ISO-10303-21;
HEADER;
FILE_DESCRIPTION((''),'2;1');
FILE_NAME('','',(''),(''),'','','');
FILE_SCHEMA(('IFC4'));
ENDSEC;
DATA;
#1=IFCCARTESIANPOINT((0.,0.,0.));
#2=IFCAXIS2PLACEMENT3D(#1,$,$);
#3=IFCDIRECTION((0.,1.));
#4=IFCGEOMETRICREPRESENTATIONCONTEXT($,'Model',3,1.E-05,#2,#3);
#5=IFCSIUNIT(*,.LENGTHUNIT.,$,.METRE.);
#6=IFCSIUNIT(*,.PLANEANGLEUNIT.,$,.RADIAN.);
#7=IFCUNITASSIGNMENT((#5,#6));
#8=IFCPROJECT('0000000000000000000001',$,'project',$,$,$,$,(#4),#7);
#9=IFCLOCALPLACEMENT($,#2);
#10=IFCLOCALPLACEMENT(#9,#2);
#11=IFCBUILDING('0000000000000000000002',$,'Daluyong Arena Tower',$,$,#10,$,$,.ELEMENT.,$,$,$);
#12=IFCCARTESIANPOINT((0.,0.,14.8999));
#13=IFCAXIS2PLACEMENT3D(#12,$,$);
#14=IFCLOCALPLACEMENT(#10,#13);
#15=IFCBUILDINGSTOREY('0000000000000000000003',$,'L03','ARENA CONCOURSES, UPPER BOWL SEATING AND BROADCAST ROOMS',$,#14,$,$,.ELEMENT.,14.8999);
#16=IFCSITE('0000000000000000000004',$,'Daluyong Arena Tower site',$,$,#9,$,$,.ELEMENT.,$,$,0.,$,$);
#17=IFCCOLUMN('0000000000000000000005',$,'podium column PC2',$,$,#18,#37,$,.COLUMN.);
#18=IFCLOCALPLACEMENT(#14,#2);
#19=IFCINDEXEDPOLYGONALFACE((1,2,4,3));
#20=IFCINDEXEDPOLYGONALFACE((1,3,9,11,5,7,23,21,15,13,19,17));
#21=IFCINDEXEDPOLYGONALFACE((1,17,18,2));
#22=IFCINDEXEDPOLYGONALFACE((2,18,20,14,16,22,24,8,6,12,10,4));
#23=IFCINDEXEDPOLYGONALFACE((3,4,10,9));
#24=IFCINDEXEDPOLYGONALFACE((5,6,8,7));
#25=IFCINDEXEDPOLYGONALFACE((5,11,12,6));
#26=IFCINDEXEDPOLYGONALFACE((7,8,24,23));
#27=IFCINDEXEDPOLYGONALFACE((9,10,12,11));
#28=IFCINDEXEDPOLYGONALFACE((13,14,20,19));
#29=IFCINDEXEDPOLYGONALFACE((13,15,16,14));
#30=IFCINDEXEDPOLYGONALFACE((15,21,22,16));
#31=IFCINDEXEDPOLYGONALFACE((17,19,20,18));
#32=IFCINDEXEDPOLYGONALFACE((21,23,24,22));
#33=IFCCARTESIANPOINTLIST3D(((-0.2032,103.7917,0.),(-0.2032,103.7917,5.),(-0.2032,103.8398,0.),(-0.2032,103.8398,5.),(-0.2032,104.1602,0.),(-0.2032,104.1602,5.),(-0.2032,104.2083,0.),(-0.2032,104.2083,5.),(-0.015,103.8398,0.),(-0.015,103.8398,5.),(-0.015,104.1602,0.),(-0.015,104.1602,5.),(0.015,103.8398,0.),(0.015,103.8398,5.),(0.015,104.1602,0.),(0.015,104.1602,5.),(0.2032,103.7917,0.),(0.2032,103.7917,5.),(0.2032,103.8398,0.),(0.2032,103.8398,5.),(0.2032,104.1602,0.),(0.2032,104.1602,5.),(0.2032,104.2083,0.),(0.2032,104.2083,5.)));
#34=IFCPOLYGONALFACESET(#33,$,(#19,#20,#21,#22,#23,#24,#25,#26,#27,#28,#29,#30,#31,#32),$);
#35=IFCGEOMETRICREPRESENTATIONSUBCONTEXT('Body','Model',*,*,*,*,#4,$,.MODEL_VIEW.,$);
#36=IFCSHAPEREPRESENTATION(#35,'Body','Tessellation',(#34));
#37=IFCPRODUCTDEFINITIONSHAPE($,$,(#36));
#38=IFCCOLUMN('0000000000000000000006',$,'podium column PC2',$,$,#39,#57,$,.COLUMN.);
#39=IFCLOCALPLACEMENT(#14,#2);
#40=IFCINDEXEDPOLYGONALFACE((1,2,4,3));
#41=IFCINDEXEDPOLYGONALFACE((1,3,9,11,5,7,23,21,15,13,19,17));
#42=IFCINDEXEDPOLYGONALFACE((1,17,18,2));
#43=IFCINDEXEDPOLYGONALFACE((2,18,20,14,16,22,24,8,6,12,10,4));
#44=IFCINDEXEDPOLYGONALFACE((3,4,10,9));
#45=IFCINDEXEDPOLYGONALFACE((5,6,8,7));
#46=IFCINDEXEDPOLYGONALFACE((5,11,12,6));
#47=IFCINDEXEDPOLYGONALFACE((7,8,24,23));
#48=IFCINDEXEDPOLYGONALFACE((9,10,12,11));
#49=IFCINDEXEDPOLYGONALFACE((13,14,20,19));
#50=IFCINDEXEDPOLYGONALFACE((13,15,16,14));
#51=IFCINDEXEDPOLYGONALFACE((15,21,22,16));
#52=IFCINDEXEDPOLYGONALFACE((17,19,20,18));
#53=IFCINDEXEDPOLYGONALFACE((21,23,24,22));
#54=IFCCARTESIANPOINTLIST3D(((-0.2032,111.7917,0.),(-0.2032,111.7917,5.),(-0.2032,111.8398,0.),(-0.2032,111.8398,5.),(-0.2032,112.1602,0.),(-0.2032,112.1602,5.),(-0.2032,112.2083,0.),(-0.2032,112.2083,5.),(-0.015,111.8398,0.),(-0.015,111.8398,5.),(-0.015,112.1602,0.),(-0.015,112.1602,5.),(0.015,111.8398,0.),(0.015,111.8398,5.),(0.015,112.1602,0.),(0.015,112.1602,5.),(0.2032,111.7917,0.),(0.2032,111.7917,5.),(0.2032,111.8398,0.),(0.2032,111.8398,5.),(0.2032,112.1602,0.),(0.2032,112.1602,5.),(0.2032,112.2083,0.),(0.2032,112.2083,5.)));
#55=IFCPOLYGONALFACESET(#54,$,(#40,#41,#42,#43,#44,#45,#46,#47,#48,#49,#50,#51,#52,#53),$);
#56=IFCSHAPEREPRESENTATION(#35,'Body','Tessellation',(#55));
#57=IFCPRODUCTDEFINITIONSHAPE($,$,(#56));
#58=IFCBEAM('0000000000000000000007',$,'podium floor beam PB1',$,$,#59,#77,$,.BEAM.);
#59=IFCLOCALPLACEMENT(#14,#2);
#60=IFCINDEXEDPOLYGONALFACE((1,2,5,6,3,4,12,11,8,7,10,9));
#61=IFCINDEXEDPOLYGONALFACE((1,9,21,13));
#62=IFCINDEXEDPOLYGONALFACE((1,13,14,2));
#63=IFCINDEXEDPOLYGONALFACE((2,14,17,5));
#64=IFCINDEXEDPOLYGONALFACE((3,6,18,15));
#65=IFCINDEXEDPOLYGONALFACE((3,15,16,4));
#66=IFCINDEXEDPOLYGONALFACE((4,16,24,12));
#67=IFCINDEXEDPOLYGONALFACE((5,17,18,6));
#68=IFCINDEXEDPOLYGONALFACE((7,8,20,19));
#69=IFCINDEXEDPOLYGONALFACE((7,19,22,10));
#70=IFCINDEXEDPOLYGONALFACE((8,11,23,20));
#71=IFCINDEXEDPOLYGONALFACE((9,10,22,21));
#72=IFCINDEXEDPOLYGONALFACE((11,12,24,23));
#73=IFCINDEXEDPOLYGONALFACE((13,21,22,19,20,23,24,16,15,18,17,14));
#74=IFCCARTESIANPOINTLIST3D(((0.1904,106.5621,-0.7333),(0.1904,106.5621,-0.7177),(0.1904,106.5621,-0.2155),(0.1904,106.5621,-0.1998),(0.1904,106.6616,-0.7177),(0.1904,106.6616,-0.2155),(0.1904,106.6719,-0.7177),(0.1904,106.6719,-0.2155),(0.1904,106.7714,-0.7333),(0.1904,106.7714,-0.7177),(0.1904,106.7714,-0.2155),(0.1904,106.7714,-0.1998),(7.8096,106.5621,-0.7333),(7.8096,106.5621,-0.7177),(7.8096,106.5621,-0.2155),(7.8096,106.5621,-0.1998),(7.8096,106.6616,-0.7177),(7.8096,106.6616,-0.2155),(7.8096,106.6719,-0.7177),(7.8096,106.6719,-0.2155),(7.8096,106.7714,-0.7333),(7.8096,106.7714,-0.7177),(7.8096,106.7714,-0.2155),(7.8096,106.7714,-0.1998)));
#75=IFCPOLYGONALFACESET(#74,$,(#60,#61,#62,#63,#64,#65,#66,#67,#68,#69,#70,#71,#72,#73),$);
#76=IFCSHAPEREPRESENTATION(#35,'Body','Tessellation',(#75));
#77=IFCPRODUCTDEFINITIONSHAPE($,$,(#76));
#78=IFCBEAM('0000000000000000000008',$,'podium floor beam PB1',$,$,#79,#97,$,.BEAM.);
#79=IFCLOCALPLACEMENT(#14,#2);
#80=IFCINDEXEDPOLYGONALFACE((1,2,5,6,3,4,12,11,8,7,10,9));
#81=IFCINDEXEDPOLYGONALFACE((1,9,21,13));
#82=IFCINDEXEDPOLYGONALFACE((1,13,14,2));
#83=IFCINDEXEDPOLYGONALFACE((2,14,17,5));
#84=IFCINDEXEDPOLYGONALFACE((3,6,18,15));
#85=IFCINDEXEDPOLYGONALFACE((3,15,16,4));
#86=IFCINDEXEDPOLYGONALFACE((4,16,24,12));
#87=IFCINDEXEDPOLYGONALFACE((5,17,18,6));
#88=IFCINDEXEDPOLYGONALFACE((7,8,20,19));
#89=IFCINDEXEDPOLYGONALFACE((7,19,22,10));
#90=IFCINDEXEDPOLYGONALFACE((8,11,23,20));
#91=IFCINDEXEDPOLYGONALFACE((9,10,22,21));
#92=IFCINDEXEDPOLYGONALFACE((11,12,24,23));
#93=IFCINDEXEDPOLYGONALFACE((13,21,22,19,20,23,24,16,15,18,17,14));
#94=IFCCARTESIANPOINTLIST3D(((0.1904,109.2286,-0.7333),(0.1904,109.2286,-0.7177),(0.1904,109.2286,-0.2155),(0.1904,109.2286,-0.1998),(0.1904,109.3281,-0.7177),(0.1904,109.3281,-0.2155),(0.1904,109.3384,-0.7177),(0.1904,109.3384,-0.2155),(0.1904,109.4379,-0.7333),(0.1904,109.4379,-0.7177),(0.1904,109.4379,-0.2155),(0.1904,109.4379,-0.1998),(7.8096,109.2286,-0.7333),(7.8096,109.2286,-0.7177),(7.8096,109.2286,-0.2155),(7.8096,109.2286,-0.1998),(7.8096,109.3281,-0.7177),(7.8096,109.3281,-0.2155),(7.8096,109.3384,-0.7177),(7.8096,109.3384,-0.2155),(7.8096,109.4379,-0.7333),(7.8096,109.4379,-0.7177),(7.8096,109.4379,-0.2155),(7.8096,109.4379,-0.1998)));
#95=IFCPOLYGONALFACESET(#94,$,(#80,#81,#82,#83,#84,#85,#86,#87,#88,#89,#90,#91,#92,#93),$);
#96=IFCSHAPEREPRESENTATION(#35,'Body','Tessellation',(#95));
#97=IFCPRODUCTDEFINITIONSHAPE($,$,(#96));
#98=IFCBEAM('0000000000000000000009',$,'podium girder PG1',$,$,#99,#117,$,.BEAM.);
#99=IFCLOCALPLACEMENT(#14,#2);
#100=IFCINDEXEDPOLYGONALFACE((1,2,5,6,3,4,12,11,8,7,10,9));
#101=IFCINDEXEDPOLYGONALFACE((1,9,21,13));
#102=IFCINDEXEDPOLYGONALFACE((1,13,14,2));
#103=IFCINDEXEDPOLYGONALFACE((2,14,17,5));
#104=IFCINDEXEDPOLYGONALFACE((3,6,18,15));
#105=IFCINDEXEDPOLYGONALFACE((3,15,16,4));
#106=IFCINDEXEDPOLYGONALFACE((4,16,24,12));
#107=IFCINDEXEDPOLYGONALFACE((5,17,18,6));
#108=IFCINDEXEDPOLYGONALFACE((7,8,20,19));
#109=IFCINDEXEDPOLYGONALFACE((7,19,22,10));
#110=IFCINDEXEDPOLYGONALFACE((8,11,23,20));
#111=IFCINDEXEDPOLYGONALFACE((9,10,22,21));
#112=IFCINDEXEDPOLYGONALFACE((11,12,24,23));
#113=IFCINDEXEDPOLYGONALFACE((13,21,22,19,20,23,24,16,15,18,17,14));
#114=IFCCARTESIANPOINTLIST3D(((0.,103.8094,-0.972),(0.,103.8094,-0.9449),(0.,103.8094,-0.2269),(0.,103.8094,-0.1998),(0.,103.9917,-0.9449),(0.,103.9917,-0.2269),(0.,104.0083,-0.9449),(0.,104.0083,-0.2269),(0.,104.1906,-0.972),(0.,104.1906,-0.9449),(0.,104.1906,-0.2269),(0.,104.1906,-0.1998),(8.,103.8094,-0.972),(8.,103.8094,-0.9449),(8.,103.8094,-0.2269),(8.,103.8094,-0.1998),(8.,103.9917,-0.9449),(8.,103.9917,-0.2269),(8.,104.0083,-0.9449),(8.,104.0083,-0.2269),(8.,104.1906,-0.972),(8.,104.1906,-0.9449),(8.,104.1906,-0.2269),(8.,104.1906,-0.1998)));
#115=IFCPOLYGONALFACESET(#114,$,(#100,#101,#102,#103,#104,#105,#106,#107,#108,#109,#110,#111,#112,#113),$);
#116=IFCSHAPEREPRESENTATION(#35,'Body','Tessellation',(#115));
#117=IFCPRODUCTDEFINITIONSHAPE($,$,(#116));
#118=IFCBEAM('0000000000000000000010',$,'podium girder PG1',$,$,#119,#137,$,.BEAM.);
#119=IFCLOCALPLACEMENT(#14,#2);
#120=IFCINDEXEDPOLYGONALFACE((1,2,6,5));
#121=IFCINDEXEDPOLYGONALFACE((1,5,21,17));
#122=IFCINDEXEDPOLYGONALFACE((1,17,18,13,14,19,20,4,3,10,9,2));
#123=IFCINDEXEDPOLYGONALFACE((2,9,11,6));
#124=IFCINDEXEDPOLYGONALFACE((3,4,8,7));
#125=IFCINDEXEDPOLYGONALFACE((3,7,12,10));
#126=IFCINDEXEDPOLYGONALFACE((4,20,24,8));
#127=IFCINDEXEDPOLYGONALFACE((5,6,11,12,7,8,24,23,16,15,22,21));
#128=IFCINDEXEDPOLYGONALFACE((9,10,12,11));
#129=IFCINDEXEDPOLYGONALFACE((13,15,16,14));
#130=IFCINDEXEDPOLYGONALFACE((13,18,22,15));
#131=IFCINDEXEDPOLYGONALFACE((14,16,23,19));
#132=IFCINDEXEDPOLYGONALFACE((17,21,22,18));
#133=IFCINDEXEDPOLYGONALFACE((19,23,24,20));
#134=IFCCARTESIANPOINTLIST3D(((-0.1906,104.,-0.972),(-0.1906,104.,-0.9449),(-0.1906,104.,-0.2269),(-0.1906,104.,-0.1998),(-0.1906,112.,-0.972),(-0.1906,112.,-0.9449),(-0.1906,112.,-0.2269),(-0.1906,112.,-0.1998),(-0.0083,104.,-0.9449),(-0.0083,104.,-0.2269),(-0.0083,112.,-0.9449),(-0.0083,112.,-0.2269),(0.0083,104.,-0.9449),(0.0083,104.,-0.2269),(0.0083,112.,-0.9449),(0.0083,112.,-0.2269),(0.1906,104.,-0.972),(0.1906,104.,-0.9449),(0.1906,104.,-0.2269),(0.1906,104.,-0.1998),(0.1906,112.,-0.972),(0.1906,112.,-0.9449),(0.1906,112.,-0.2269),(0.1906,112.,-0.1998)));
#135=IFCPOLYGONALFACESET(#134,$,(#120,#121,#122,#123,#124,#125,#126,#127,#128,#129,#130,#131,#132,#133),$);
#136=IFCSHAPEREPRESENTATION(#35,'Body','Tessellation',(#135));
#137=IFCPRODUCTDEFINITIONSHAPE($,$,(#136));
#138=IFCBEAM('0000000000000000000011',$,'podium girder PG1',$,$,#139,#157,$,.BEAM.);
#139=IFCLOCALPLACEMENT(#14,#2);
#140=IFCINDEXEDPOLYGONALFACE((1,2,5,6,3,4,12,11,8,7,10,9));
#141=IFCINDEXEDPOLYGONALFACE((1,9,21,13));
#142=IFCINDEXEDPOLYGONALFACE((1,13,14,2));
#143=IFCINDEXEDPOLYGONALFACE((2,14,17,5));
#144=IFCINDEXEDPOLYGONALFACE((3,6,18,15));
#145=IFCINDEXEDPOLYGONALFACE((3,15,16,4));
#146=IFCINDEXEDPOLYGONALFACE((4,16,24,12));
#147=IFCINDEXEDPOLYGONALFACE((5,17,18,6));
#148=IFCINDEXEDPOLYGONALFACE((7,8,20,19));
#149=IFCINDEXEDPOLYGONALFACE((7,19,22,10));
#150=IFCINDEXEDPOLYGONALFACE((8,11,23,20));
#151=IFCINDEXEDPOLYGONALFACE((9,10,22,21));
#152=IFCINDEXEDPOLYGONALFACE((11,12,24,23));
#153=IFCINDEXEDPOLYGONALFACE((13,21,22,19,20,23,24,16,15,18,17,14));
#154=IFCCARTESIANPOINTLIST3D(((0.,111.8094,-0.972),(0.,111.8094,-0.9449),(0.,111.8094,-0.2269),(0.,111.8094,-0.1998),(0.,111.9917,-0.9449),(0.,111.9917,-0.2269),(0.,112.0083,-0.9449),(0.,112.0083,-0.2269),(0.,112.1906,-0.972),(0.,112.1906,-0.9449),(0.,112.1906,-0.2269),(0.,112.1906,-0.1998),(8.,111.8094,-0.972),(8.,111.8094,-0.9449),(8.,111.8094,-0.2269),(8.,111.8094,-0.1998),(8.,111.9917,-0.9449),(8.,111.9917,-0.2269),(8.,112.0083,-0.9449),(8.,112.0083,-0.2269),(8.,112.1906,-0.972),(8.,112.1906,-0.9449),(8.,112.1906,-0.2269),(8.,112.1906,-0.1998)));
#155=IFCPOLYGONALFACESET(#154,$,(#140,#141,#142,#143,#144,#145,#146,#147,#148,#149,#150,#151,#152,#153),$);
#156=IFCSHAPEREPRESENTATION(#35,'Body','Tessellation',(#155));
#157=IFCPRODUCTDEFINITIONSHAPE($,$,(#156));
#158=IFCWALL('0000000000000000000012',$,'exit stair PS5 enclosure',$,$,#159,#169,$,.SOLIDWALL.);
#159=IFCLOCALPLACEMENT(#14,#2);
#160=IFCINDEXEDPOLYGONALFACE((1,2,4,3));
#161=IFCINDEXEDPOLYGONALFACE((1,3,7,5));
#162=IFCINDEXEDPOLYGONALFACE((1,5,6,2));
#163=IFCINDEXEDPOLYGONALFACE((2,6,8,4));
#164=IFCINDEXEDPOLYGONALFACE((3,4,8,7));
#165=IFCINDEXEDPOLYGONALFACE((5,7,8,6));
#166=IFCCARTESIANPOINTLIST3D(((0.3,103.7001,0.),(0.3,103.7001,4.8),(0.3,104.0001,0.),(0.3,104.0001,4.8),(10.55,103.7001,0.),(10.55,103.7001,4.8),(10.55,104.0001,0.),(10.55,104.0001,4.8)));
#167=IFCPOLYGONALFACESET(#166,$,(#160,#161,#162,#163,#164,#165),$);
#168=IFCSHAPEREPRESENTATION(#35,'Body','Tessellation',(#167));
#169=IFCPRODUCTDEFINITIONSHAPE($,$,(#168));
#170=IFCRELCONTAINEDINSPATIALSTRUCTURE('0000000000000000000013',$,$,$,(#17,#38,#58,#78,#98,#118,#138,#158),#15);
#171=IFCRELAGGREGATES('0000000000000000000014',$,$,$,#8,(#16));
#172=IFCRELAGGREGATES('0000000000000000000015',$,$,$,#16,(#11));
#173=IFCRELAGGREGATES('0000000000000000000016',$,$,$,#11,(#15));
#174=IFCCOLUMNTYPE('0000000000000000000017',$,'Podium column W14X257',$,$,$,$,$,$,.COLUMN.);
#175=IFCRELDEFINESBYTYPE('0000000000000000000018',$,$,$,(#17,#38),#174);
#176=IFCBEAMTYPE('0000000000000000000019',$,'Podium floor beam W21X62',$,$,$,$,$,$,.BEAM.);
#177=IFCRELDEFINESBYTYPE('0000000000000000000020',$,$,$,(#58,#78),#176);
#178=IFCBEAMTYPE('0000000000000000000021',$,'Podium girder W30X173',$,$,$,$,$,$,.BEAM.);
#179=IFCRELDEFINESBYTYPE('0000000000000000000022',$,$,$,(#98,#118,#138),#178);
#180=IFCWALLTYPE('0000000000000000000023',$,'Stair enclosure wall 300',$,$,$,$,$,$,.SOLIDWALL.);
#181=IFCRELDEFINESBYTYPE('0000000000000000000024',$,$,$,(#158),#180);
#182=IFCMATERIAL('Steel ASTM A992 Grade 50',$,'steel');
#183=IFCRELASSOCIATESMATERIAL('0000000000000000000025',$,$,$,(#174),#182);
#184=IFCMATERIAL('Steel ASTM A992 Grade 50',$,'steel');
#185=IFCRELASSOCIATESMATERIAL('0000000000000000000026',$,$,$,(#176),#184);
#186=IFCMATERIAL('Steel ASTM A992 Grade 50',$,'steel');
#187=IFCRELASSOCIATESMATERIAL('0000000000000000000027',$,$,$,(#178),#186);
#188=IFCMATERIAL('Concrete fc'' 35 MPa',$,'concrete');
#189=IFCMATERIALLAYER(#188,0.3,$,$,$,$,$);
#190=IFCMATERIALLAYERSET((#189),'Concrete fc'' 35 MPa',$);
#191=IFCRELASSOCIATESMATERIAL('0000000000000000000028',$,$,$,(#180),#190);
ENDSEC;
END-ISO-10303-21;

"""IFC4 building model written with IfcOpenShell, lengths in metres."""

from ifc_helpers import new_model, si_unit, direction, frame, frame_2d, origin, origin_2d, place, context, subcontext, project, spatial, rectangle, i_section, extrude, material, layer, layer_set, material_profile, profile_set, type_object, element, save


model = new_model("IFC4")

# Units and contexts
model_context = context("Model", 3, precision=1e-05, world=origin(), true_north=direction((0.0, 1.0)))
body_context = subcontext(model_context, "Body", "Model", "MODEL_VIEW")
ifc_project = project(units=[si_unit("LENGTHUNIT", "METRE"), si_unit("PLANEANGLEUNIT", "RADIAN")], contexts=[model_context])

# Site, building, storey
site_placement = place(None, origin())
site = spatial("IfcSite", under=ifc_project, at=site_placement, Name="Daluyong Arena Tower site", CompositionType="ELEMENT", RefElevation=0.0)
building_placement = place(site_placement, origin())
building = spatial("IfcBuilding", under=site, at=building_placement, Name="Daluyong Arena Tower", CompositionType="ELEMENT")
storey_placement = place(building_placement, frame((0.0, 0.0, 14.8999)))
storey = spatial("IfcBuildingStorey", under=building, at=storey_placement, Name="L03", Description="ARENA CONCOURSES, UPPER BOWL SEATING AND BROADCAST ROOMS", CompositionType="ELEMENT", Elevation=14.8999)

# Columns
ifc_material_1 = material(Name="Steel ASTM A992 Grade 50", Category="steel")
ifc_material_profile_1 = material_profile(ifc_material_1, i_section(OverallWidth=0.4065, OverallDepth=0.4165, WebThickness=0.03, FlangeThickness=0.0481, at=origin_2d()))
ifc_profile_set_1 = profile_set([ifc_material_profile_1], Name="Steel ASTM A992 Grade 50")
column_type = type_object("IfcColumnType", Name="Podium column W14X257", PredefinedType="COLUMN", material=ifc_profile_set_1)
for number, where, z_axis, x_axis, name in (
    (1, (0.0, 104.0, 0.0), (0.0, 0.0, 1.0), (1.0, 0.0, 0.0), "podium column PC2"),
    (2, (0.0, 112.0, 0.0), (0.0, 0.0, 1.0), (1.0, 0.0, 0.0), "podium column PC2"),
):
    element("IfcColumn", number, at=place(storey_placement, frame(where, z_axis=z_axis, x_axis=x_axis)), inside=storey, type_object=column_type, Name=name, PredefinedType="COLUMN", context=body_context, shape_type="SweptSolid", body=[
        extrude(i_section(OverallWidth=0.4065, OverallDepth=0.4165, WebThickness=0.03, FlangeThickness=0.0481, at=origin_2d()), origin(), (0.0, 0.0, 1.0), 5.0),
    ])

# Beams
ifc_material_2 = material(Name="Steel ASTM A992 Grade 50", Category="steel")
ifc_material_profile_2 = material_profile(ifc_material_2, i_section(OverallWidth=0.2092, OverallDepth=0.5334, WebThickness=0.0103, FlangeThickness=0.0156, at=origin_2d()))
ifc_profile_set_2 = profile_set([ifc_material_profile_2], Name="Steel ASTM A992 Grade 50")
beam_type_1 = type_object("IfcBeamType", Name="Podium floor beam W21X62", PredefinedType="BEAM", material=ifc_profile_set_2)
for number, where, z_axis, x_axis, name in (
    (3, (0.1904, 106.6667, -0.4666), (1.0, 0.0, 0.0), (0.0, 1.0, 0.0), "podium floor beam PB1"),
    (4, (0.1904, 109.3333, -0.4666), (1.0, 0.0, 0.0), (0.0, 1.0, 0.0), "podium floor beam PB1"),
):
    element("IfcBeam", number, at=place(storey_placement, frame(where, z_axis=z_axis, x_axis=x_axis)), inside=storey, type_object=beam_type_1, Name=name, PredefinedType="BEAM", context=body_context, shape_type="SweptSolid", body=[
        extrude(i_section(OverallWidth=0.2092, OverallDepth=0.5334, WebThickness=0.0103, FlangeThickness=0.0156, at=origin_2d()), origin(), (0.0, 0.0, 1.0), 7.6191),
    ])
ifc_material_3 = material(Name="Steel ASTM A992 Grade 50", Category="steel")
ifc_material_profile_3 = material_profile(ifc_material_3, i_section(OverallWidth=0.3811, OverallDepth=0.7722, WebThickness=0.0166, FlangeThickness=0.0271, at=origin_2d()))
ifc_profile_set_3 = profile_set([ifc_material_profile_3], Name="Steel ASTM A992 Grade 50")
beam_type_2 = type_object("IfcBeamType", Name="Podium girder W30X173", PredefinedType="BEAM", material=ifc_profile_set_3)
for number, where, z_axis, x_axis, name in (
    (5, (0.0, 104.0, -0.5859), (1.0, 0.0, 0.0), (0.0, 1.0, 0.0), "podium girder PG1"),
    (6, (0.0, 104.0, -0.5859), (0.0, 1.0, 0.0), (-1.0, 0.0, 0.0), "podium girder PG1"),
    (7, (0.0, 112.0, -0.5859), (1.0, 0.0, 0.0), (0.0, 1.0, 0.0), "podium girder PG1"),
):
    element("IfcBeam", number, at=place(storey_placement, frame(where, z_axis=z_axis, x_axis=x_axis)), inside=storey, type_object=beam_type_2, Name=name, PredefinedType="BEAM", context=body_context, shape_type="SweptSolid", body=[
        extrude(i_section(OverallWidth=0.3811, OverallDepth=0.7722, WebThickness=0.0166, FlangeThickness=0.0271, at=origin_2d()), origin(), (0.0, 0.0, 1.0), 8.0),
    ])

# Wall
ifc_material_4 = material(Name="Concrete fc' 35 MPa", Category="concrete")
ifc_layer_1 = layer(ifc_material_4, 0.3)
ifc_layer_set_1 = layer_set([ifc_layer_1], Name="Concrete fc' 35 MPa")
wall_type_1 = type_object("IfcWallType", Name="Stair enclosure wall 300", PredefinedType="SOLIDWALL", material=ifc_layer_set_1)
wall_1_placement = place(storey_placement, frame((0.3, 103.8501, 0.0), z_axis=(0.0, 0.0, 1.0), x_axis=(1.0, 0.0, 0.0)))
element("IfcWall", 8, at=wall_1_placement, inside=storey, type_object=wall_type_1, Name="exit stair PS5 enclosure", PredefinedType="SOLIDWALL", context=body_context, shape_type="SweptSolid", body=[
    extrude(rectangle(XDim=10.25, YDim=0.3, at=frame_2d((5.125, 0.0))), origin(), (0.0, 0.0, 1.0), 4.8),
])

save(model, "model.ifc")
